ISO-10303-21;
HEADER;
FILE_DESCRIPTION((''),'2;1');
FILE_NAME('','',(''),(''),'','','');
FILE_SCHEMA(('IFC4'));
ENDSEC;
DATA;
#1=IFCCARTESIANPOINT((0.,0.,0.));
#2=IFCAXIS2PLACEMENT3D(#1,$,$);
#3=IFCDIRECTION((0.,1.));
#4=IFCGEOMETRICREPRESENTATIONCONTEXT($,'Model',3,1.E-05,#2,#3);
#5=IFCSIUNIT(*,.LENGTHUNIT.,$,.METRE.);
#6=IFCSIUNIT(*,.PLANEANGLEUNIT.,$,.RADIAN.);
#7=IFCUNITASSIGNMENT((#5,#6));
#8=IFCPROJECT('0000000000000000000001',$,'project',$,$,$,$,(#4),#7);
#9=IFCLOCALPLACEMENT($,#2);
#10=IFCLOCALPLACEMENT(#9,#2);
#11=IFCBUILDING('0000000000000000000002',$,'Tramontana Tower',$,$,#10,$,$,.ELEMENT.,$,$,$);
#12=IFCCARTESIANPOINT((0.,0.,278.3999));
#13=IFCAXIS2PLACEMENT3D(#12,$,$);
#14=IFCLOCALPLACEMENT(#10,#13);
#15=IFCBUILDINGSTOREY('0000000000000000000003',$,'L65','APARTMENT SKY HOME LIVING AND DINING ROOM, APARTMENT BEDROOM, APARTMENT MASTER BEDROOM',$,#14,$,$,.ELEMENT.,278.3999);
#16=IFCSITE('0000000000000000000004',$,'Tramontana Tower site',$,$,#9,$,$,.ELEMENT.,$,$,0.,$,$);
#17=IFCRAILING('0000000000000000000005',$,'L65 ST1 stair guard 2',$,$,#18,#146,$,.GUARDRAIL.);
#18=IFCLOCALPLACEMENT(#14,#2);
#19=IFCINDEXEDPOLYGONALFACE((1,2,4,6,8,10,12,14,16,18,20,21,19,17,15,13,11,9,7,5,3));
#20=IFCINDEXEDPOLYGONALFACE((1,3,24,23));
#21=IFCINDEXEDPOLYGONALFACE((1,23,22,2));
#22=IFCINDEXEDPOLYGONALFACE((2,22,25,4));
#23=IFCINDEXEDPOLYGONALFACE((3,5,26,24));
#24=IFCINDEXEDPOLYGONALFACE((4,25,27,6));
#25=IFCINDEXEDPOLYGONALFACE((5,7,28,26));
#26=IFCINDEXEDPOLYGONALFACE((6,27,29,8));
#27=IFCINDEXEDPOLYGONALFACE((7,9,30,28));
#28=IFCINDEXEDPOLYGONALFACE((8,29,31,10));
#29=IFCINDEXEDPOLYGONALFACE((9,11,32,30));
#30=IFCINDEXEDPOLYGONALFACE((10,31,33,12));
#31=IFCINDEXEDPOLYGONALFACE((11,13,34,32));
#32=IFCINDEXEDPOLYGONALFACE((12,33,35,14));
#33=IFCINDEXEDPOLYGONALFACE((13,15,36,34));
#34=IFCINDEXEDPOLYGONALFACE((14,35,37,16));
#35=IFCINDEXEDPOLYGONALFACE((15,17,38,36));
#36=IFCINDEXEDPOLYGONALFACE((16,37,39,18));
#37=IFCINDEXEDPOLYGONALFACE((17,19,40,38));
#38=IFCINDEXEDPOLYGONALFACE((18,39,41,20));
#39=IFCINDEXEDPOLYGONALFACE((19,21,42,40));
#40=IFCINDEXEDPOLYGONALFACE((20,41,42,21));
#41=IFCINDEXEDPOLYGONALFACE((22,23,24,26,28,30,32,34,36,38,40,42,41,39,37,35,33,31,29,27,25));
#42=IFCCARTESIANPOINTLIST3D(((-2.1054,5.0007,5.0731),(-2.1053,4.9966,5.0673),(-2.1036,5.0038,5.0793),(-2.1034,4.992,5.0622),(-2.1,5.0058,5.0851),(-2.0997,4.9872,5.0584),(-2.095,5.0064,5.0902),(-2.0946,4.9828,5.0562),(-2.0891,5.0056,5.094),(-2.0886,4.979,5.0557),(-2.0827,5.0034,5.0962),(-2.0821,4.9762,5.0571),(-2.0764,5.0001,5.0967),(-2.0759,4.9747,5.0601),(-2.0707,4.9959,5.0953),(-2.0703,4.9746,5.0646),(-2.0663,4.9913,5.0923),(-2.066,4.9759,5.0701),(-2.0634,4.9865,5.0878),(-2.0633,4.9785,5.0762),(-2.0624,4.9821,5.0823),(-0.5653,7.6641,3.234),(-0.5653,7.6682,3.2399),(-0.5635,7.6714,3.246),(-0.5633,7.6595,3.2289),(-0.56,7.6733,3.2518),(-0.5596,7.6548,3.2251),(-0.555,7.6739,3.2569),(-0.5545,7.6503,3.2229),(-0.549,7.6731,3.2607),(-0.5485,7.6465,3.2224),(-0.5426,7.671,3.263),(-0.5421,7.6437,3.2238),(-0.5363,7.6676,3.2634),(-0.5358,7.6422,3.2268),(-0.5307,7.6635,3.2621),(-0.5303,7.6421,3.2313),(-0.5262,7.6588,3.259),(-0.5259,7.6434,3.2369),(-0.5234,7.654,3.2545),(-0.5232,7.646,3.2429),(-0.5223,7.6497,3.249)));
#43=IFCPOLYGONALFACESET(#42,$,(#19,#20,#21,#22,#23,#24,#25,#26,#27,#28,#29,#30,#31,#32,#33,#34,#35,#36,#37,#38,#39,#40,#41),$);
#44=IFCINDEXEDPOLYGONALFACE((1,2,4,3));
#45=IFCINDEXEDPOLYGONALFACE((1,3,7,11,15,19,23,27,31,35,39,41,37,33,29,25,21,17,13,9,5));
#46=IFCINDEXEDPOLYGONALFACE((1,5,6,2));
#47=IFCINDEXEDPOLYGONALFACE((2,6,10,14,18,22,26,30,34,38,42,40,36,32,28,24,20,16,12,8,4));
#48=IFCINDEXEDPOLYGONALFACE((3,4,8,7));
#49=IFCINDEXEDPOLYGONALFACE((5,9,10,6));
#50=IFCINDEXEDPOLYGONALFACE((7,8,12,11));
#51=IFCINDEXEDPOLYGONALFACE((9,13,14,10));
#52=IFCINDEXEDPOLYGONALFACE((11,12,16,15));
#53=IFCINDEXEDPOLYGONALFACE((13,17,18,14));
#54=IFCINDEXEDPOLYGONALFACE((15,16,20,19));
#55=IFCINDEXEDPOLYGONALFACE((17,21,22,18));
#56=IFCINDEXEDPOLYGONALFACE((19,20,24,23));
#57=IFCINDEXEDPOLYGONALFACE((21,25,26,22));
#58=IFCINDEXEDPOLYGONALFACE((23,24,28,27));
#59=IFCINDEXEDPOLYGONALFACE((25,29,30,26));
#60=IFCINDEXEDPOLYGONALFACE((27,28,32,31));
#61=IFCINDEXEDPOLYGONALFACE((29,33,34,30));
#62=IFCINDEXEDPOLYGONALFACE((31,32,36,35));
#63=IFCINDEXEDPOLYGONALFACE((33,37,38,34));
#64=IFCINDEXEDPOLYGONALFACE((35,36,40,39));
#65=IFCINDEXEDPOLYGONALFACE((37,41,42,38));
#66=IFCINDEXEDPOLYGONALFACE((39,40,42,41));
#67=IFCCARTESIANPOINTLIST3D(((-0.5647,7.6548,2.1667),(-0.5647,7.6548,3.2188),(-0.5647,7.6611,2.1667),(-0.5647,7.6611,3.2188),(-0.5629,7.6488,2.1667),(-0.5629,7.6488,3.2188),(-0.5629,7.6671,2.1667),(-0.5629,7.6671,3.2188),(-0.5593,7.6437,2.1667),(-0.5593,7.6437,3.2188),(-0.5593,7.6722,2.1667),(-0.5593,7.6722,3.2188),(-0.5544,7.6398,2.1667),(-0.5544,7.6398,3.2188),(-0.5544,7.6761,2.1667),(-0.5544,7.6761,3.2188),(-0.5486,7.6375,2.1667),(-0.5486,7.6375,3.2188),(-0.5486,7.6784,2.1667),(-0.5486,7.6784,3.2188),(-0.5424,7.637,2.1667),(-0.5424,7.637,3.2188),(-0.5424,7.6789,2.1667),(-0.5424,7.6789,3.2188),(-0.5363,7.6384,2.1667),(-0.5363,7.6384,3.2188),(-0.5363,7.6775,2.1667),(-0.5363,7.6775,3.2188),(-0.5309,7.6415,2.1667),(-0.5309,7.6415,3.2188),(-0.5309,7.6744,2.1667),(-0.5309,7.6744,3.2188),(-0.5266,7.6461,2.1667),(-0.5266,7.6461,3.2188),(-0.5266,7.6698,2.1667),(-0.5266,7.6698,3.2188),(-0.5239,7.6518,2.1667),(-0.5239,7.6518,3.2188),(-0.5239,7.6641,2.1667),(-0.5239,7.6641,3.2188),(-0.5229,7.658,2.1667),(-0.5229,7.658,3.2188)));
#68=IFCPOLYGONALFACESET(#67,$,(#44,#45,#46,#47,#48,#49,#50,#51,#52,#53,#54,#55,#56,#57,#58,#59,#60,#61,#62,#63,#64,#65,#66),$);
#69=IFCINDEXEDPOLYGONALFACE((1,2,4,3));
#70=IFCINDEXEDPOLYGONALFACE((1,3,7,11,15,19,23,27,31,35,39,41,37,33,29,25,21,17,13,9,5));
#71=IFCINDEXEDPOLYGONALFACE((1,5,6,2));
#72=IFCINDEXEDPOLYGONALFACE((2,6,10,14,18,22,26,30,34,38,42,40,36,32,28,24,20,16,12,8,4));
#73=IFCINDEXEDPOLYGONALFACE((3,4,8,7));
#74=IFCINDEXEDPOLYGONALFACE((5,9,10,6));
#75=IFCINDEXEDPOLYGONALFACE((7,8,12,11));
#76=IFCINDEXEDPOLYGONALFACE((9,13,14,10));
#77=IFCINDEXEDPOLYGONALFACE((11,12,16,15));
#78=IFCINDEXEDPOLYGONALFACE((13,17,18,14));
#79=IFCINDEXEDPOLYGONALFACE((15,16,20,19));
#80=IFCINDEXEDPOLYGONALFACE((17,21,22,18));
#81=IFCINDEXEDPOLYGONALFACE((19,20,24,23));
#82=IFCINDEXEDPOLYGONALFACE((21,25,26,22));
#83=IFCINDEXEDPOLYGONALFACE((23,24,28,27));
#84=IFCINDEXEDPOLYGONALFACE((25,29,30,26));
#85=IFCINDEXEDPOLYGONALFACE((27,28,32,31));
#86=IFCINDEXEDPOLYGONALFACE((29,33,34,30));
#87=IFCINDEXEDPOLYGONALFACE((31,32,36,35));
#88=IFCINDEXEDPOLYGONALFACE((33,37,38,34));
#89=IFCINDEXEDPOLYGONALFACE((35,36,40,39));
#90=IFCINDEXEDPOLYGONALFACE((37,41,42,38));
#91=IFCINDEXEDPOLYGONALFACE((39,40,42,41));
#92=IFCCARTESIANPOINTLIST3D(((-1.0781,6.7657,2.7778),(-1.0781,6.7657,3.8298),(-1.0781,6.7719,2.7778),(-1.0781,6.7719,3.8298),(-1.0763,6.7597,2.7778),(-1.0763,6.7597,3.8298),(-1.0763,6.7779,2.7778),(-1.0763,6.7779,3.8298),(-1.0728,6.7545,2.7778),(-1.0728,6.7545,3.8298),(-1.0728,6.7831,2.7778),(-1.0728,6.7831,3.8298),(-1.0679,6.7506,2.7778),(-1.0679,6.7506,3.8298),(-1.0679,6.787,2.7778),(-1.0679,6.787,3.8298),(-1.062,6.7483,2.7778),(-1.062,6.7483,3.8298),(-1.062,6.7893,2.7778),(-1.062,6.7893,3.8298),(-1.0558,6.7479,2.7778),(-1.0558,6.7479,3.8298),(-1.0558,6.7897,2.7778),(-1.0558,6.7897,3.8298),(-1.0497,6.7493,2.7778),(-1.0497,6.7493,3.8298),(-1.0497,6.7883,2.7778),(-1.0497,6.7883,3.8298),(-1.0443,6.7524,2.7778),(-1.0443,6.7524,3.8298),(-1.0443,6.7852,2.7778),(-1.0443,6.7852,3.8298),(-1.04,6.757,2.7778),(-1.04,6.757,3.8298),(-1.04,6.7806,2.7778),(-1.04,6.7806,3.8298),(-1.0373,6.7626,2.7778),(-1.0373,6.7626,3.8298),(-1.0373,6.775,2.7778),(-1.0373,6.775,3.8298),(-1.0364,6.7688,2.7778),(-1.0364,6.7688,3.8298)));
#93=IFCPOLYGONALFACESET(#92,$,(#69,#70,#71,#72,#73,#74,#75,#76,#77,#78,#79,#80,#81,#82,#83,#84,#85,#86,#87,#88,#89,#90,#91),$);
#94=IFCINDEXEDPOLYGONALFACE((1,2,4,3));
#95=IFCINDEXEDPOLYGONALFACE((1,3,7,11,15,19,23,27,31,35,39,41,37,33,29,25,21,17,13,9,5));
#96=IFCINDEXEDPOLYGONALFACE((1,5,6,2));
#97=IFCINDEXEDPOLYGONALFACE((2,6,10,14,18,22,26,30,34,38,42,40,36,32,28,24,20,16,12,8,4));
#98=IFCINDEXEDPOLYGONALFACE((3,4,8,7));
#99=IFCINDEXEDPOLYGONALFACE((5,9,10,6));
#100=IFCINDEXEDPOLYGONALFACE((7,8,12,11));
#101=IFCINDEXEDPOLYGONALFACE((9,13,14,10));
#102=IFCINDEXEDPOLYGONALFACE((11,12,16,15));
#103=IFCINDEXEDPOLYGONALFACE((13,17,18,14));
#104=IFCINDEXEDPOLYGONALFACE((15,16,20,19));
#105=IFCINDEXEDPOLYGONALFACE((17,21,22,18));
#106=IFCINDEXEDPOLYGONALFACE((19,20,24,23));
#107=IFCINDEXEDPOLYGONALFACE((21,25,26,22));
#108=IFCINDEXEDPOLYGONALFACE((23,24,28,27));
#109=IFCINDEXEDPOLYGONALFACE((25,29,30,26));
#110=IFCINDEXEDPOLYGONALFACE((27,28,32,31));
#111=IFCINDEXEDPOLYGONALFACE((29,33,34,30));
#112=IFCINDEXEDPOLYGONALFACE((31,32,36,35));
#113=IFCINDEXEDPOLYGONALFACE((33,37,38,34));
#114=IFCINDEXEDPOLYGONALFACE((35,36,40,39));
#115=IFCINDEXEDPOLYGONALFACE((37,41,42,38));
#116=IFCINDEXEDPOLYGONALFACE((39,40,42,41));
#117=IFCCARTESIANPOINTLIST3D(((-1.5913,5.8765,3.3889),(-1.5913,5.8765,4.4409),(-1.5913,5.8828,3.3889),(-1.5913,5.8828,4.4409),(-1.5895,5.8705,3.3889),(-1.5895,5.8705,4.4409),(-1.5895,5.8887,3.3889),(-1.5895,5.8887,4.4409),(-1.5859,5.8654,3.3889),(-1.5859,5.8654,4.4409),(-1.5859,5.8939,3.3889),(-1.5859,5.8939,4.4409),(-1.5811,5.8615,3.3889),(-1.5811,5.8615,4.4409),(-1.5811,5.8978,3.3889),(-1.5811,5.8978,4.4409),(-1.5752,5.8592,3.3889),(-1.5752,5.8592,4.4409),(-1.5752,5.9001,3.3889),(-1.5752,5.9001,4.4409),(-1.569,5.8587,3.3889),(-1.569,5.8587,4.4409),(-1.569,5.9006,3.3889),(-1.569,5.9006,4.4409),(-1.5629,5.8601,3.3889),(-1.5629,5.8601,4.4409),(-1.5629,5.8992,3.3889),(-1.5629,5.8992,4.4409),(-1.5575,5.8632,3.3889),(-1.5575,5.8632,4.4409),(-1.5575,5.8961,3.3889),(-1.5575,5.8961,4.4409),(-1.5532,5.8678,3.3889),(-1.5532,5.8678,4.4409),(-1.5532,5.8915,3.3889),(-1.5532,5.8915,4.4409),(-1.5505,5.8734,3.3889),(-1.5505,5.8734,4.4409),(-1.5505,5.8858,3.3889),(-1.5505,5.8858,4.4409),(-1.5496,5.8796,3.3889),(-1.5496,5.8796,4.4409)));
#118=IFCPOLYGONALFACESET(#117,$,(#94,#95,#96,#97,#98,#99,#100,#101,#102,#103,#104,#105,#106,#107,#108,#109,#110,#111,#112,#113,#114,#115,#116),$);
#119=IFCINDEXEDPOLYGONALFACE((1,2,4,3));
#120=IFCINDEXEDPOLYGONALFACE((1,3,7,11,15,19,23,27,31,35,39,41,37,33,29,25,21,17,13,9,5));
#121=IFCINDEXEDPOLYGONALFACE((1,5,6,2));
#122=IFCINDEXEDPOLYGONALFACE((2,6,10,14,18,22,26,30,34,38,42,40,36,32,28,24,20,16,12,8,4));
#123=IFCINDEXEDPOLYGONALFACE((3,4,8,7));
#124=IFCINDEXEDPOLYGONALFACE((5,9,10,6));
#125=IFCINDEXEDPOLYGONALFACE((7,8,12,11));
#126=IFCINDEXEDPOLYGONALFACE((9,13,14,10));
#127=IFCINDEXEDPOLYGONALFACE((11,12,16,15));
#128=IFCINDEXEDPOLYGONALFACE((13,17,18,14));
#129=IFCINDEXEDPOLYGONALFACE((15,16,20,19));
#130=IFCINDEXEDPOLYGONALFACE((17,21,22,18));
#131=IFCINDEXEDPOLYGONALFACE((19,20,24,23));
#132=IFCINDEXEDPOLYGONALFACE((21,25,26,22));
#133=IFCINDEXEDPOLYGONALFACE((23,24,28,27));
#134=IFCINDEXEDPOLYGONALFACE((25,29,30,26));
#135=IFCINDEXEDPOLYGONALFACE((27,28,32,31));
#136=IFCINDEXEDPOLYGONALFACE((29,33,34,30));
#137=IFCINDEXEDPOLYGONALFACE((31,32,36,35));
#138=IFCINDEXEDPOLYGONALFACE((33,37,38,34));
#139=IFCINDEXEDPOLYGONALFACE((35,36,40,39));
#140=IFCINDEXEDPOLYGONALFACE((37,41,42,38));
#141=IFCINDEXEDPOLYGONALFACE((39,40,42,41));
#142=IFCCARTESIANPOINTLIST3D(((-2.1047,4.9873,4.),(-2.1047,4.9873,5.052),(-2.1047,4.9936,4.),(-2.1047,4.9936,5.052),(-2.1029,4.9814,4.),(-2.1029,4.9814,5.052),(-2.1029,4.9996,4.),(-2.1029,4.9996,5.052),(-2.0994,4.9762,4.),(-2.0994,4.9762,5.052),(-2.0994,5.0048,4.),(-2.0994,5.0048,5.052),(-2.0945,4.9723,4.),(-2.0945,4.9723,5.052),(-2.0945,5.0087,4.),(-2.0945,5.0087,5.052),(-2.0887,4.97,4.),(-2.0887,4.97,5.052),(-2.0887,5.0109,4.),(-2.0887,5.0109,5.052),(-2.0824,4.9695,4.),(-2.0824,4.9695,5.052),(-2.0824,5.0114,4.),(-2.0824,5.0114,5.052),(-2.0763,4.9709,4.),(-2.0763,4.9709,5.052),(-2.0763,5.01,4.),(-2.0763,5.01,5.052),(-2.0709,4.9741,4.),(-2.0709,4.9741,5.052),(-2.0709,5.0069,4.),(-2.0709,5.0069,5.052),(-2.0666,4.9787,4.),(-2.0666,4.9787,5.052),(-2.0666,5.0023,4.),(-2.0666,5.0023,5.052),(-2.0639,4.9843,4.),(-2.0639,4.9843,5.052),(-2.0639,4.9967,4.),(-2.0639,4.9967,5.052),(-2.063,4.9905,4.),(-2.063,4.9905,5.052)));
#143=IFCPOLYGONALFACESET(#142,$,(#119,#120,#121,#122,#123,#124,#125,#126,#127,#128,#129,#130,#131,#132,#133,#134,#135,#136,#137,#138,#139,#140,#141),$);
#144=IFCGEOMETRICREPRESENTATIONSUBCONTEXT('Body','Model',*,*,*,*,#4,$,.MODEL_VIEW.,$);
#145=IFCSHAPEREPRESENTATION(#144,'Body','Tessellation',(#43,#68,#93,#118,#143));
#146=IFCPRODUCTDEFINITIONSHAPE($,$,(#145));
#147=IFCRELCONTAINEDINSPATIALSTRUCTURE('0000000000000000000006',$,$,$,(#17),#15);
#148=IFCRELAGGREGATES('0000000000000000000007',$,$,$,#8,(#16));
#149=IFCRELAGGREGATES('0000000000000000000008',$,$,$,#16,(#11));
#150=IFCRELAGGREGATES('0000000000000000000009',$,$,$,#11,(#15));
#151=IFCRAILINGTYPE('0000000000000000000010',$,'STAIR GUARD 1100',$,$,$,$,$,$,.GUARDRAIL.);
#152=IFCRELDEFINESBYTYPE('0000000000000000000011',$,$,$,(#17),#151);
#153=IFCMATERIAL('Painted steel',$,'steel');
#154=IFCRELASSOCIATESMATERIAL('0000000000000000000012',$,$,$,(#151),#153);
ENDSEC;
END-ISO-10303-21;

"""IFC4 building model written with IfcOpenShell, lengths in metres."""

from ifc_helpers import new_model, si_unit, direction, frame, origin, origin_2d, place, context, subcontext, project, spatial, circle, extrude, material, type_object, element, save


model = new_model("IFC4")

# Units and contexts
model_context = context("Model", 3, precision=1e-05, world=origin(), true_north=direction((0.0, 1.0)))
body_context = subcontext(model_context, "Body", "Model", "MODEL_VIEW")
ifc_project = project(units=[si_unit("LENGTHUNIT", "METRE"), si_unit("PLANEANGLEUNIT", "RADIAN")], contexts=[model_context])

# Site, building, storey
site_placement = place(None, origin())
site = spatial("IfcSite", under=ifc_project, at=site_placement, Name="Tramontana Tower site", CompositionType="ELEMENT", RefElevation=0.0)
building_placement = place(site_placement, origin())
building = spatial("IfcBuilding", under=site, at=building_placement, Name="Tramontana Tower", CompositionType="ELEMENT")
storey_placement = place(building_placement, frame((0.0, 0.0, 278.3999)))
storey = spatial("IfcBuildingStorey", under=building, at=storey_placement, Name="L65", Description="APARTMENT SKY HOME LIVING AND DINING ROOM, APARTMENT BEDROOM, APARTMENT MASTER BEDROOM", CompositionType="ELEMENT", Elevation=278.3999)

# Railing
ifc_material_1 = material(Name="Painted steel", Category="steel")
railing_type_1 = type_object("IfcRailingType", Name="STAIR GUARD 1100", PredefinedType="GUARDRAIL", material=ifc_material_1)
railing_1_placement = place(storey_placement, frame((-0.5439, 7.658, 2.1667)))
element("IfcRailing", 1, at=railing_1_placement, inside=storey, type_object=railing_type_1, Name="L65 ST1 stair guard 2", PredefinedType="GUARDRAIL", context=body_context, shape_type="SweptSolid", body=[
    extrude(circle(Radius=0.0239, at=origin_2d()), frame((0.0, 0.0, 1.0762), z_axis=(-0.429649, -0.74419, 0.511452), x_axis=(0.86603, -0.499992, 0.0)), (0.0, 0.0, 1.0), 3.5845),
    extrude(circle(Radius=0.021, at=origin_2d()), origin(), (0.0, 0.0, 1.0), 1.052),
    extrude(circle(Radius=0.021, at=origin_2d()), frame((-0.5134, -0.8892, 0.6111)), (0.0, 0.0, 1.0), 1.052),
    extrude(circle(Radius=0.021, at=origin_2d()), frame((-1.0266, -1.7783, 1.2222)), (0.0, 0.0, 1.0), 1.052),
    extrude(circle(Radius=0.021, at=origin_2d()), frame((-1.54, -2.6675, 1.8333)), (0.0, 0.0, 1.0), 1.052),
])

save(model, "model.ifc")
